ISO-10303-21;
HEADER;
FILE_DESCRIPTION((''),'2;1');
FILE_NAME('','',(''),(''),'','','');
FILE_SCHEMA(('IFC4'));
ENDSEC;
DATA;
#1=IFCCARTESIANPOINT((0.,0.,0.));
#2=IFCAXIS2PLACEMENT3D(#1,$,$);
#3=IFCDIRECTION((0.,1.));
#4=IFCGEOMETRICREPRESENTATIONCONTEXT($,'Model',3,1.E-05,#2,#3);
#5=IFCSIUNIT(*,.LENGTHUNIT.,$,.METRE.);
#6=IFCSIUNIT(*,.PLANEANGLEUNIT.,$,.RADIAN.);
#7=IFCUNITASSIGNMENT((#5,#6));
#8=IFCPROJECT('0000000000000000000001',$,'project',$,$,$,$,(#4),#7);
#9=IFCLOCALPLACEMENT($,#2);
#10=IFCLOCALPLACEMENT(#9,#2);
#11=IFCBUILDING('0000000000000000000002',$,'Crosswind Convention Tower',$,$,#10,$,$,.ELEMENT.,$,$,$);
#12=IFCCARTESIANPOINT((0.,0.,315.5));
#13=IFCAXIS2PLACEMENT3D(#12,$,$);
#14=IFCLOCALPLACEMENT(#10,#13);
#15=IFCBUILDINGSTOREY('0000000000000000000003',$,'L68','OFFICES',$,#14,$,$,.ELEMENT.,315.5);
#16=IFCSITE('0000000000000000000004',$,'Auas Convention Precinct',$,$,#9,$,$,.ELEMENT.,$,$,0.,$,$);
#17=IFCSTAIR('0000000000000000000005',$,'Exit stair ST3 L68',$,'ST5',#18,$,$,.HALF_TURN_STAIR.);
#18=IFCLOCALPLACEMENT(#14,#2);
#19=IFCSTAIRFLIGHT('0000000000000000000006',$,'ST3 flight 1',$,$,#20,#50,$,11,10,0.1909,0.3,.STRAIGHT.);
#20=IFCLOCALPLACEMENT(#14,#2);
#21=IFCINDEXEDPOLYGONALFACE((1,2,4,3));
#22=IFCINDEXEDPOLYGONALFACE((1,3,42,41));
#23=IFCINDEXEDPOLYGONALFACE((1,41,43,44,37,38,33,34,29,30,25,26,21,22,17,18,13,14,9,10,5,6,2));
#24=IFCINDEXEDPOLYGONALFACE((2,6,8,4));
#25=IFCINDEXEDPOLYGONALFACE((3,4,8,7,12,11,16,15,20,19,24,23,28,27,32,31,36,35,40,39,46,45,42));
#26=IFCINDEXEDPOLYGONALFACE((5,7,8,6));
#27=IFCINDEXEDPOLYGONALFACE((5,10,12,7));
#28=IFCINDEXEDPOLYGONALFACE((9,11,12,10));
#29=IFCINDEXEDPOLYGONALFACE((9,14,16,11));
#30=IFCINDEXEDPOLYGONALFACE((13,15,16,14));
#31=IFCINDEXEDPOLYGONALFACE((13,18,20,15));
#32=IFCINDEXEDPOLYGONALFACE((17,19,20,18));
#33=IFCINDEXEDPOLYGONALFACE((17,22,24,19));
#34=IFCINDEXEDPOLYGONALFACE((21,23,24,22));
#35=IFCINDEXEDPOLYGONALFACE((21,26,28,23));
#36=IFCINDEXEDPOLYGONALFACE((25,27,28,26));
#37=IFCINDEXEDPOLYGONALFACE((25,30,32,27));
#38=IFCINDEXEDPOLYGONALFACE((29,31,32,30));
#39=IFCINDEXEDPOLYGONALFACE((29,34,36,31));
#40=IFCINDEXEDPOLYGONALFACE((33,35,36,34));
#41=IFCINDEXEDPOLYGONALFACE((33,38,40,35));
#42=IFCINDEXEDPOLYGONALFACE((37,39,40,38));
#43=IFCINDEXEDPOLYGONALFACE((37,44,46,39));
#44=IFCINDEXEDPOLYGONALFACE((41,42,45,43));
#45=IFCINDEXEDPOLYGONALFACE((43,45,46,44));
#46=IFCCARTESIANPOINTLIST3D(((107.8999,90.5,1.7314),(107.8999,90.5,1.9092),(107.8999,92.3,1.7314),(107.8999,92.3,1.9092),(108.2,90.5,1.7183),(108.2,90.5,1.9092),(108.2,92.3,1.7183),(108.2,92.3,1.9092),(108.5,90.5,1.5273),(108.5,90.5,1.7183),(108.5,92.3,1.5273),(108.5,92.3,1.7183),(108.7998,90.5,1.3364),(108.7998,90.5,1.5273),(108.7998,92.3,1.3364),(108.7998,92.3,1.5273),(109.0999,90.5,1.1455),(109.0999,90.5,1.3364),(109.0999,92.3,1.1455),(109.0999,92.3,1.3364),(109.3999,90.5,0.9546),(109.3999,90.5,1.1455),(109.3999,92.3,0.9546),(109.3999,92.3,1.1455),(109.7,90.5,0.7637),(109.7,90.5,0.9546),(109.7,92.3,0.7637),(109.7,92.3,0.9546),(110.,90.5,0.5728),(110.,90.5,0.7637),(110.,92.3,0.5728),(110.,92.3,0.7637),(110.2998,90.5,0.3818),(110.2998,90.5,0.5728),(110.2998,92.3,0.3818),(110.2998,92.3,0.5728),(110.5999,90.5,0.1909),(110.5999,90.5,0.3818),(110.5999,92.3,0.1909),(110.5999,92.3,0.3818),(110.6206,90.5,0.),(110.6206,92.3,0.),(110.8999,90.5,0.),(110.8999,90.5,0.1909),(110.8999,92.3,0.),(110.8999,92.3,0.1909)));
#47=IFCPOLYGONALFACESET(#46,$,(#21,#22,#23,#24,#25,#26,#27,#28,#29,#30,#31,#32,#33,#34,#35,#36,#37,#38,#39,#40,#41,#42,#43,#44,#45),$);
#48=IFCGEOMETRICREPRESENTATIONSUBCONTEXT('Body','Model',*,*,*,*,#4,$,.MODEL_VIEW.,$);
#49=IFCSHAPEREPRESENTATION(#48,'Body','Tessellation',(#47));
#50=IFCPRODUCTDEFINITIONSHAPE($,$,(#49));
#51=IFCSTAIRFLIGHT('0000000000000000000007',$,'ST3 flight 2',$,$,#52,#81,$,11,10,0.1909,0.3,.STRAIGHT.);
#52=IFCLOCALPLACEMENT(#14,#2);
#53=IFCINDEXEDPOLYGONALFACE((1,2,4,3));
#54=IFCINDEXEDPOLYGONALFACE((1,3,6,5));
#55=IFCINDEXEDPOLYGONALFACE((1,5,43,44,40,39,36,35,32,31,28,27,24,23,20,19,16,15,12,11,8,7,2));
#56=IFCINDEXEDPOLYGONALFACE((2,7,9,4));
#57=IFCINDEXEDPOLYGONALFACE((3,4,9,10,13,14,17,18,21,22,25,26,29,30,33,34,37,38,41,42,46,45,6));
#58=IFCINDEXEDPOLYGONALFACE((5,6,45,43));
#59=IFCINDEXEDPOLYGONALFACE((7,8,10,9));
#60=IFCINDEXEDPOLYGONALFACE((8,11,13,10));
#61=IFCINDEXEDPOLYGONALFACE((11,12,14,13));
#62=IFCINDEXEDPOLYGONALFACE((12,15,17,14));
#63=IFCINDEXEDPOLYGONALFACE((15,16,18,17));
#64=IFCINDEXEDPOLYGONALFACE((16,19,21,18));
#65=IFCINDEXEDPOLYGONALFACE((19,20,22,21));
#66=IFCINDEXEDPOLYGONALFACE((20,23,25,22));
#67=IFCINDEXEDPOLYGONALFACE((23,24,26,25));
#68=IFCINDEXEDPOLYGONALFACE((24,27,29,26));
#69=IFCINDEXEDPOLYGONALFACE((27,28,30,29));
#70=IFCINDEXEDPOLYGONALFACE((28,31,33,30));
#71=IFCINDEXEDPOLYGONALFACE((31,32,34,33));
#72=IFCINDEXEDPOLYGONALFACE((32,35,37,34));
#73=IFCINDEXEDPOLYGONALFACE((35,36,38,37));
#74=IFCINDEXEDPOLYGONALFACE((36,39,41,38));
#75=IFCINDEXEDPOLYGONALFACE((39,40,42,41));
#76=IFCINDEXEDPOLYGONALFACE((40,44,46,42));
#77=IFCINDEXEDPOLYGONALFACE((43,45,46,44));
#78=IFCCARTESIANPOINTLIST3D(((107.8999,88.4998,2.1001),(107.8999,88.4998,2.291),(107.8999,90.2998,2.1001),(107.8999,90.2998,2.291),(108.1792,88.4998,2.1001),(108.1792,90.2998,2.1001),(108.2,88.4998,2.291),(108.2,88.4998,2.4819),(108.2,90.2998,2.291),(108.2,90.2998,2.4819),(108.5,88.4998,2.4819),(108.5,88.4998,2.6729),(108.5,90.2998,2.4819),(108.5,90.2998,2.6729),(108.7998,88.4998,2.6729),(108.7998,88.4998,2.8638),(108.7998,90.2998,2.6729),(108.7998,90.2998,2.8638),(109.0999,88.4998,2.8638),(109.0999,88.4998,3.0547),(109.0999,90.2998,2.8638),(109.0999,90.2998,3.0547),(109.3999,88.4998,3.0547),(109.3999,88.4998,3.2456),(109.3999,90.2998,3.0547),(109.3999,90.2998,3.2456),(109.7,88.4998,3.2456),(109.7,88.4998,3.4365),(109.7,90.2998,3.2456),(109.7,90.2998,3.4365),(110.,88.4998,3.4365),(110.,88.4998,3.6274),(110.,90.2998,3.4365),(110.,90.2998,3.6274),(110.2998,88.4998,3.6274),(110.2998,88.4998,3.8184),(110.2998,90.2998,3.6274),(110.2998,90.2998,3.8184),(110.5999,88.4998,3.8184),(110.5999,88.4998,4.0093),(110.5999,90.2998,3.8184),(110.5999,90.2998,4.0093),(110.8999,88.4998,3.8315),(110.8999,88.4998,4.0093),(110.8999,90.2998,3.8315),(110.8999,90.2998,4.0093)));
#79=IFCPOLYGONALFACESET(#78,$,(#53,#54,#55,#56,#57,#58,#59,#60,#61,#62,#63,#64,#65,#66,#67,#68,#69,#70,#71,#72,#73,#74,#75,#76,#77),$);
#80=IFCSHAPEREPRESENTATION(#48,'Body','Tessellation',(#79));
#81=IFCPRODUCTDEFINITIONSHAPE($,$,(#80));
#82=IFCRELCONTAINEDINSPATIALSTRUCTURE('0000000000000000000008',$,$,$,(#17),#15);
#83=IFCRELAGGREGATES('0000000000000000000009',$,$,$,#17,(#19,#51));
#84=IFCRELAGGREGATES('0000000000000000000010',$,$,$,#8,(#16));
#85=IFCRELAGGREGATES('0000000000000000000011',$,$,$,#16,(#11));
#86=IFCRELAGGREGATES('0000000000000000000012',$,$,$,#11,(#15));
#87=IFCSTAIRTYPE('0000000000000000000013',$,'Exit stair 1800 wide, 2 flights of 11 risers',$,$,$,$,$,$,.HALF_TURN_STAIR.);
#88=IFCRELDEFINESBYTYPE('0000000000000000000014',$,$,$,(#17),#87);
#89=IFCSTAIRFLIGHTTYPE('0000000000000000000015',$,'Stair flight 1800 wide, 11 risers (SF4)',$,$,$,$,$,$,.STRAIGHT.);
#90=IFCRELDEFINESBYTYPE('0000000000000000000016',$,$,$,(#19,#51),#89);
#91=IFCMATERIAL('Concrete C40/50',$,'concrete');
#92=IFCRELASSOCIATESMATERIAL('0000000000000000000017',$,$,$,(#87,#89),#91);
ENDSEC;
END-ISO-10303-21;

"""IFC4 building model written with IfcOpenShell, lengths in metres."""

from ifc_helpers import new_model, si_unit, direction, frame, origin, place, context, subcontext, project, spatial, polyline, outline, extrude, material, type_object, element, aggregate, save


model = new_model("IFC4")

# Units and contexts
model_context = context("Model", 3, precision=1e-05, world=origin(), true_north=direction((0.0, 1.0)))
body_context = subcontext(model_context, "Body", "Model", "MODEL_VIEW")
ifc_project = project(units=[si_unit("LENGTHUNIT", "METRE"), si_unit("PLANEANGLEUNIT", "RADIAN")], contexts=[model_context])

# Site, building, storey
site_placement = place(None, origin())
site = spatial("IfcSite", under=ifc_project, at=site_placement, Name="Auas Convention Precinct", CompositionType="ELEMENT", RefElevation=0.0)
building_placement = place(site_placement, origin())
building = spatial("IfcBuilding", under=site, at=building_placement, Name="Crosswind Convention Tower", CompositionType="ELEMENT")
storey_placement = place(building_placement, frame((0.0, 0.0, 315.5)))
storey = spatial("IfcBuildingStorey", under=building, at=storey_placement, Name="L68", Description="OFFICES", CompositionType="ELEMENT", Elevation=315.5)

# Shared definitions
ifc_material_1 = material(Name="Concrete C40/50", Category="concrete")

# Stair
stair_type = type_object("IfcStairType", Name="Exit stair 1800 wide, 2 flights of 11 risers", PredefinedType="HALF_TURN_STAIR", material=ifc_material_1)
stair_1_placement = place(storey_placement, origin())
stair_1 = element("IfcStair", 1, at=stair_1_placement, inside=storey, type_object=stair_type, Name="Exit stair ST3 L68", ObjectType="ST5", PredefinedType="HALF_TURN_STAIR")

# Stair flights
stair_flight_type = type_object("IfcStairFlightType", Name="Stair flight 1800 wide, 11 risers (SF4)", PredefinedType="STRAIGHT", material=ifc_material_1)
stair_flight_1_placement = place(storey_placement, frame((110.8999, 91.3999, 0.0), z_axis=(0.0, 0.0, 1.0), x_axis=(-1.0, 0.0, 0.0)))
stair_flight_1 = element("IfcStairFlight", 2, at=stair_flight_1_placement, type_object=stair_flight_type, Name="ST3 flight 1", NumberOfRisers=11, NumberOfTreads=10, PredefinedType="STRAIGHT", RiserHeight=0.1909, TreadLength=0.3, context=body_context, shape_type="SweptSolid", body=[
    extrude(outline(polyline([(0.0, 0.0), (0.0, 0.1909), (0.3, 0.1909), (0.3, 0.3818), (0.6001, 0.3818), (0.6001, 0.5728), (0.8999, 0.5728), (0.8999, 0.7637), (1.2, 0.7637), (1.2, 0.9546), (1.5, 0.9546), (1.5, 1.1455), (1.8, 1.1455), (1.8, 1.3364), (2.1001, 1.3364), (2.1001, 1.5273), (2.3999, 1.5273), (2.3999, 1.7183), (2.7, 1.7183), (2.7, 1.9092), (3.0, 1.9092), (3.0, 2.1001), (3.0, 1.7314), (0.2793, 0.0), (0.0, 0.0)])), frame((0.0, 0.8999, 0.0), z_axis=(0.0, -1.0, 0.0), x_axis=(1.0, 0.0, 0.0)), (0.0, 0.0, 1.0), 1.8),
])
stair_flight_2_placement = place(storey_placement, frame((107.8999, 89.3999, 2.1001), z_axis=(0.0, 0.0, 1.0), x_axis=(1.0, 0.0, 0.0)))
stair_flight_2 = element("IfcStairFlight", 3, at=stair_flight_2_placement, type_object=stair_flight_type, Name="ST3 flight 2", NumberOfRisers=11, NumberOfTreads=10, PredefinedType="STRAIGHT", RiserHeight=0.1909, TreadLength=0.3, context=body_context, shape_type="SweptSolid", body=[
    extrude(outline(polyline([(0.0, 0.0), (0.0, 0.1909), (0.3, 0.1909), (0.3, 0.3818), (0.6001, 0.3818), (0.6001, 0.5728), (0.8999, 0.5728), (0.8999, 0.7637), (1.2, 0.7637), (1.2, 0.9546), (1.5, 0.9546), (1.5, 1.1455), (1.8, 1.1455), (1.8, 1.3364), (2.1001, 1.3364), (2.1001, 1.5273), (2.3999, 1.5273), (2.3999, 1.7183), (2.7, 1.7183), (2.7, 1.9092), (3.0, 1.9092), (3.0, 2.1001), (3.0, 1.7314), (0.2793, 0.0), (0.0, 0.0)])), frame((0.0, 0.8999, 0.0), z_axis=(0.0, -1.0, 0.0), x_axis=(1.0, 0.0, 0.0)), (0.0, 0.0, 1.0), 1.8),
])
aggregate(stair_1, [stair_flight_1, stair_flight_2])

save(model, "model.ifc")
